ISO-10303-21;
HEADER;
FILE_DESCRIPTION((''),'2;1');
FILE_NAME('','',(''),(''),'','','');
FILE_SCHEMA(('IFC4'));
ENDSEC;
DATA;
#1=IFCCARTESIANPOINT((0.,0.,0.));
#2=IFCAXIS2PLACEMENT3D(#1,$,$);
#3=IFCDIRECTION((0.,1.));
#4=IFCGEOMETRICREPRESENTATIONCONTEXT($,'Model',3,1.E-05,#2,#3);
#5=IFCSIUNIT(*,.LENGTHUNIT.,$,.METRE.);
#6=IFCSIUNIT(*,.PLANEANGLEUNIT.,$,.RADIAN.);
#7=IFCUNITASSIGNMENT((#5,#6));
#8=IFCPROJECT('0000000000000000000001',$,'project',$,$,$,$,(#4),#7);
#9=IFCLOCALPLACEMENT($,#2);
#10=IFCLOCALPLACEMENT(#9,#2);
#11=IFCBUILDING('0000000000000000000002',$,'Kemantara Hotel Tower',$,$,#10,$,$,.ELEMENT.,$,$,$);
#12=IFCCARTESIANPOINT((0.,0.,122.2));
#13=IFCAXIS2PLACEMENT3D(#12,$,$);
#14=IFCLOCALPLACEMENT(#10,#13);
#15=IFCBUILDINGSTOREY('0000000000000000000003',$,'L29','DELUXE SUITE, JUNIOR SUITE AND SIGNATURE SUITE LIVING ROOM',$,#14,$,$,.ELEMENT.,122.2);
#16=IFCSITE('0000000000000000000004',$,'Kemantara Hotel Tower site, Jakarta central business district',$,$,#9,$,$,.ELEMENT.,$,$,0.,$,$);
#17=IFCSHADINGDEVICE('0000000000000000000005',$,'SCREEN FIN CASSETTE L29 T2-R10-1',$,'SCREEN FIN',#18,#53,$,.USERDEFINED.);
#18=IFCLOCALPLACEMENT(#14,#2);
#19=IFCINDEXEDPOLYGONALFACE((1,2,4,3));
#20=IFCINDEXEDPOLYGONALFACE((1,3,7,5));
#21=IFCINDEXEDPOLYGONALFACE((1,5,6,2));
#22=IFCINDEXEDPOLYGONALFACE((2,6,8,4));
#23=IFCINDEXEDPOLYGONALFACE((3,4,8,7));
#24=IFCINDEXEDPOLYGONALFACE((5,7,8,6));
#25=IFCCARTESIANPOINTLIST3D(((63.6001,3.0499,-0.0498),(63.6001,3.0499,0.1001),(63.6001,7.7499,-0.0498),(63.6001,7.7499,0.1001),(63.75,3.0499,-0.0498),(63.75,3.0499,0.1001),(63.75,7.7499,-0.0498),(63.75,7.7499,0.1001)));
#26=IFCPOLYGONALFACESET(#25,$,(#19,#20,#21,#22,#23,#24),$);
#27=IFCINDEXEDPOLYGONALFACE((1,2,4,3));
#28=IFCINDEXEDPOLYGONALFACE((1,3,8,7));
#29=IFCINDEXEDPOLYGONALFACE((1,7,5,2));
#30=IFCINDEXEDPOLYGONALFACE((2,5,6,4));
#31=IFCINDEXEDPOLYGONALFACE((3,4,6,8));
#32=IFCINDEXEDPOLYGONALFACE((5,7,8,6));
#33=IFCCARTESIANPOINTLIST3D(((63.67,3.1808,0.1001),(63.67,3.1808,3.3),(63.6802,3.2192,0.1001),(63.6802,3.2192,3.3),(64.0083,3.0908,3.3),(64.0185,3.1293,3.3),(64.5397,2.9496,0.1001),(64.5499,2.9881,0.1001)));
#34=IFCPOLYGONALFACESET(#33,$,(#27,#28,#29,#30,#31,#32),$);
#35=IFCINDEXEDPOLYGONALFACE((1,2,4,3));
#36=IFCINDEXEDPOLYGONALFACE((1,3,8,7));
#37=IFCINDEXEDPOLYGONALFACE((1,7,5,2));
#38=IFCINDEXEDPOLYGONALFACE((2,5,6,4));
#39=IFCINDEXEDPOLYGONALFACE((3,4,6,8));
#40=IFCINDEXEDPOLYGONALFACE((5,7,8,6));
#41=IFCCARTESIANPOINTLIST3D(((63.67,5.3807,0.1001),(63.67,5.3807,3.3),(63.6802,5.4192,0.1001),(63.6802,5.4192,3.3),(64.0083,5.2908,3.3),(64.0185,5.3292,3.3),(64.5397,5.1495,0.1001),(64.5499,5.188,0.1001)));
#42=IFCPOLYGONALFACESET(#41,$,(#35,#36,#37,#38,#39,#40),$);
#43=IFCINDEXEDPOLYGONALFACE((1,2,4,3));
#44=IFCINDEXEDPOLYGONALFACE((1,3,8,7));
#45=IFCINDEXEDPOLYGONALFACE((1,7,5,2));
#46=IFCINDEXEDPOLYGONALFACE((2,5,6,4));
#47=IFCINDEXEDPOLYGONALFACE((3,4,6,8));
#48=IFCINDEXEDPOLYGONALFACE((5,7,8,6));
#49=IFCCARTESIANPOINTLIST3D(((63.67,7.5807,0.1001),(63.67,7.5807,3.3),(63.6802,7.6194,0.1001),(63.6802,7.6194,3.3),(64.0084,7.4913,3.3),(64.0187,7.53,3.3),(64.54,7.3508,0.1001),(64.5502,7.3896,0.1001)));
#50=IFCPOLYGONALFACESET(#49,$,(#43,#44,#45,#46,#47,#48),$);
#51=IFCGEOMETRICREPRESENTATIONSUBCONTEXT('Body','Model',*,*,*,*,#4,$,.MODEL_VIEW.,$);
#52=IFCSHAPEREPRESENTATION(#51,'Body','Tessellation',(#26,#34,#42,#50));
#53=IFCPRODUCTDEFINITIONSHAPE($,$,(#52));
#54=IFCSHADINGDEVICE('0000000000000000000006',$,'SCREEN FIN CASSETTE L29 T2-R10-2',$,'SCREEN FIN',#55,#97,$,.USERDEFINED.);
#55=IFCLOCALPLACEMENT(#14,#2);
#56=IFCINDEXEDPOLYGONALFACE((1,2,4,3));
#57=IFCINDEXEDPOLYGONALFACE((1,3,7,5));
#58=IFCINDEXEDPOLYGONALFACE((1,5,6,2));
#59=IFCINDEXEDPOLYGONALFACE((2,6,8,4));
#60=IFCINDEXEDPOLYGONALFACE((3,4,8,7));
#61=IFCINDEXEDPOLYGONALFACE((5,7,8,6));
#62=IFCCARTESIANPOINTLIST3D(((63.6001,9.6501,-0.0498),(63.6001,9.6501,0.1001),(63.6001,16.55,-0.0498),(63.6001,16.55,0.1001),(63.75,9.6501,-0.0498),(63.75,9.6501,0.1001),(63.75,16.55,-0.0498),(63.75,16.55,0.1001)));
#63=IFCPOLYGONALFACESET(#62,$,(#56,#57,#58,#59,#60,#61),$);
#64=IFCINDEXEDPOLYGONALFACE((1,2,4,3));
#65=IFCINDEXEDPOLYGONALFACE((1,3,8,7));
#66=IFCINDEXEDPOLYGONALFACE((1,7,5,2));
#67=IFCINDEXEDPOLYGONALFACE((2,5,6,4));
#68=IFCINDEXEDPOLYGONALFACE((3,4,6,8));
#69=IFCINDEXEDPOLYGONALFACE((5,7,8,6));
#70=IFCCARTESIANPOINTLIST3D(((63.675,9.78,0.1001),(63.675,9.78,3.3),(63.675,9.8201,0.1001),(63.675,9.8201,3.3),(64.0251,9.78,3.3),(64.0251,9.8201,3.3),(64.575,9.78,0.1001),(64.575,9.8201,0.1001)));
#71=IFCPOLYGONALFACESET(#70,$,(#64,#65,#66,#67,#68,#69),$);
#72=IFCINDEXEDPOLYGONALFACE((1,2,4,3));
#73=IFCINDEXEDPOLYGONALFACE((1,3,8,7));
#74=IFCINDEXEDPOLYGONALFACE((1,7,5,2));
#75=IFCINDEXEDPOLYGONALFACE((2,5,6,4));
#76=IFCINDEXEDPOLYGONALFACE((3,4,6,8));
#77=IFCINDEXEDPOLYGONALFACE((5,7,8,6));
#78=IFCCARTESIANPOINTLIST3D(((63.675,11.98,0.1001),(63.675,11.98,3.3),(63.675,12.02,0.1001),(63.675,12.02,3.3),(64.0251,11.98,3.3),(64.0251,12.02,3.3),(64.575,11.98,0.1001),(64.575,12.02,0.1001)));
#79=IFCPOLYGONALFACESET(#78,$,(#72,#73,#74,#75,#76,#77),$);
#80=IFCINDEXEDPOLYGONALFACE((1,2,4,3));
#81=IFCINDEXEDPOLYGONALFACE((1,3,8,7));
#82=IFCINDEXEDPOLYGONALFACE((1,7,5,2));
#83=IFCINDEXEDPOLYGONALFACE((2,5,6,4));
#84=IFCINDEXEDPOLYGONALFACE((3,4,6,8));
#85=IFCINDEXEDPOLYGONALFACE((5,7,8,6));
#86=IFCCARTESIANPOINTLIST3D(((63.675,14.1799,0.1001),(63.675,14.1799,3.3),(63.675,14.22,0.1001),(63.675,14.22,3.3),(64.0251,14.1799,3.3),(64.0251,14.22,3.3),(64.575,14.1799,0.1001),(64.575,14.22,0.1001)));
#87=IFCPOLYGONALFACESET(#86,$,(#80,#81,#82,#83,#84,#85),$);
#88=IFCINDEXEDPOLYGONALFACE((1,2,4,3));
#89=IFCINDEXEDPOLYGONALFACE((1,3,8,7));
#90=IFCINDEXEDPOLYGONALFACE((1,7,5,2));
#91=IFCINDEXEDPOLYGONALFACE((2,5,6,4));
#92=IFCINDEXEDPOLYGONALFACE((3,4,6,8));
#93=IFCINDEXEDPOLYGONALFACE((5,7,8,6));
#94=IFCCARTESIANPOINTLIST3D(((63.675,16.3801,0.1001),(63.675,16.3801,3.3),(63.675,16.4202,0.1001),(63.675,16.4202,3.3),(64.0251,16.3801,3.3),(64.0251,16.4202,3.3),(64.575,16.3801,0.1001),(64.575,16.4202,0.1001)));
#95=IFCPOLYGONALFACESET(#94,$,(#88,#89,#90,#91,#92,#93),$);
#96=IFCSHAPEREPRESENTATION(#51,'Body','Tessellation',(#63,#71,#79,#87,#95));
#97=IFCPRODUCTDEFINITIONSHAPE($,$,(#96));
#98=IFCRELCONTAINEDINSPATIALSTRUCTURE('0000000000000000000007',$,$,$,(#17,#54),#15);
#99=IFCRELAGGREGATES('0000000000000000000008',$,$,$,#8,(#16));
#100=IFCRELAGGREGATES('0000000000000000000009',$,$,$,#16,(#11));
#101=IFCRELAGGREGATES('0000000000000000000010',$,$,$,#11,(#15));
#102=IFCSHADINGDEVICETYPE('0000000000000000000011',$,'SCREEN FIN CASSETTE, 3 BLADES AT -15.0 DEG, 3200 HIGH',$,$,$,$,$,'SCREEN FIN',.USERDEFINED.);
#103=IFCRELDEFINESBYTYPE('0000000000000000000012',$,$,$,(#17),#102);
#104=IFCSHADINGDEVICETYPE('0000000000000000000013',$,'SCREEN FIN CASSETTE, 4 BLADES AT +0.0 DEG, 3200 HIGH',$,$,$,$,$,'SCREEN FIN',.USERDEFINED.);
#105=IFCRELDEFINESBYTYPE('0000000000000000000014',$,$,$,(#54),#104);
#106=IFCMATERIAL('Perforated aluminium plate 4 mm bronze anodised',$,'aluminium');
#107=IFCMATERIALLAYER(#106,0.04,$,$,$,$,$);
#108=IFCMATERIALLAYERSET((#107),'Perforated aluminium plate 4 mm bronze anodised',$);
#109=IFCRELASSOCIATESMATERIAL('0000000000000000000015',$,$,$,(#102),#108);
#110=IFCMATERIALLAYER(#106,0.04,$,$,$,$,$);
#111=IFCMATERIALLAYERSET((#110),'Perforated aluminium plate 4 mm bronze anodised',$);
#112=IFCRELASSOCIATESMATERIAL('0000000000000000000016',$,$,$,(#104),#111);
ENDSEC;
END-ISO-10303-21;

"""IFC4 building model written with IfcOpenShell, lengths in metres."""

from ifc_helpers import new_model, si_unit, direction, frame, origin, origin_2d, place, context, subcontext, project, spatial, polyline, rectangle, outline, extrude, source, transform, mapped, material, layer, layer_set, type_object, element, save


model = new_model("IFC4")

# Units and contexts
model_context = context("Model", 3, precision=1e-05, world=origin(), true_north=direction((0.0, 1.0)))
body_context = subcontext(model_context, "Body", "Model", "MODEL_VIEW")
ifc_project = project(units=[si_unit("LENGTHUNIT", "METRE"), si_unit("PLANEANGLEUNIT", "RADIAN")], contexts=[model_context])

# Site, building, storey
site_placement = place(None, origin())
site = spatial("IfcSite", under=ifc_project, at=site_placement, Name="Kemantara Hotel Tower site, Jakarta central business district", CompositionType="ELEMENT", RefElevation=0.0)
building_placement = place(site_placement, origin())
building = spatial("IfcBuilding", under=site, at=building_placement, Name="Kemantara Hotel Tower", CompositionType="ELEMENT")
storey_placement = place(building_placement, frame((0.0, 0.0, 122.2)))
storey = spatial("IfcBuildingStorey", under=building, at=storey_placement, Name="L29", Description="DELUXE SUITE, JUNIOR SUITE AND SIGNATURE SUITE LIVING ROOM", CompositionType="ELEMENT", Elevation=122.2)

# Shading devices
ifc_material_1 = material(Name="Perforated aluminium plate 4 mm bronze anodised", Category="aluminium")
ifc_layer_1 = layer(ifc_material_1, 0.04)
ifc_layer_set_1 = layer_set([ifc_layer_1], Name="Perforated aluminium plate 4 mm bronze anodised")
shading_device_type_1 = type_object("IfcShadingDeviceType", Name="SCREEN FIN CASSETTE, 3 BLADES AT -15.0 DEG, 3200 HIGH", ElementType="SCREEN FIN", PredefinedType="USERDEFINED", material=ifc_layer_set_1)
shared_shape_1 = source(origin(), body_context, "Body", "SweptSolid", [
    extrude(rectangle(XDim=4.7, YDim=0.1499, at=origin_2d()), frame((2.2, -0.075, -0.1499), z_axis=(0.0, 0.0, 1.0), x_axis=(1.0, 0.0, 0.0)), (0.0, 0.0, 1.0), 0.1499),
    extrude(outline(polyline([(0.0, 0.0), (0.8999, 0.0), (0.3501, 3.2), (0.0, 3.2), (0.0, 0.0)])), frame((0.0193, -0.0801, 0.0), z_axis=(-0.966438, 0.256901, 0.0), x_axis=(-0.256901, -0.966438, 0.0)), (0.0, 0.0, 1.0), 0.0398),
    extrude(outline(polyline([(0.0, 0.0), (0.8999, 0.0), (0.3501, 3.2), (0.0, 3.2), (0.0, 0.0)])), frame((2.2192, -0.0801, 0.0), z_axis=(-0.966438, 0.256901, 0.0), x_axis=(-0.256901, -0.966438, 0.0)), (0.0, 0.0, 1.0), 0.0398),
    extrude(outline(polyline([(0.0, 0.0), (0.8999, 0.0), (0.3501, 3.2), (0.0, 3.2), (0.0, 0.0)])), frame((4.4194, -0.0801, 0.0), z_axis=(-0.966838, 0.255391, 0.0), x_axis=(-0.255391, -0.966838, 0.0)), (0.0, 0.0, 1.0), 0.04),
])
shading_device_1_placement = place(storey_placement, frame((63.6001, 3.2, 0.1001), z_axis=(0.0, 0.0, 1.0), x_axis=(0.0, 1.0, 0.0)))
element("IfcShadingDevice", 1, at=shading_device_1_placement, inside=storey, type_object=shading_device_type_1, Name="SCREEN FIN CASSETTE L29 T2-R10-1", ObjectType="SCREEN FIN", PredefinedType="USERDEFINED", context=body_context, shape_type="MappedRepresentation", body=[
    mapped(shared_shape_1, transform((0.0, 0.0, 0.0))),
])
ifc_layer_2 = layer(ifc_material_1, 0.04)
ifc_layer_set_2 = layer_set([ifc_layer_2], Name="Perforated aluminium plate 4 mm bronze anodised")
shading_device_type_2 = type_object("IfcShadingDeviceType", Name="SCREEN FIN CASSETTE, 4 BLADES AT +0.0 DEG, 3200 HIGH", ElementType="SCREEN FIN", PredefinedType="USERDEFINED", material=ifc_layer_set_2)
shared_shape_2 = source(origin(), body_context, "Body", "SweptSolid", [
    extrude(rectangle(XDim=6.8999, YDim=0.1499, at=origin_2d()), frame((3.3, -0.075, -0.1499), z_axis=(0.0, 0.0, 1.0), x_axis=(1.0, 0.0, 0.0)), (0.0, 0.0, 1.0), 0.1499),
    extrude(outline(polyline([(0.0, 0.0), (0.8999, 0.0), (0.3501, 3.2), (0.0, 3.2), (0.0, 0.0)])), frame((0.02, -0.075, 0.0), z_axis=(-1.0, 0.0, 0.0), x_axis=(0.0, -1.0, 0.0)), (0.0, 0.0, 1.0), 0.04),
    extrude(outline(polyline([(0.0, 0.0), (0.8999, 0.0), (0.3501, 3.2), (0.0, 3.2), (0.0, 0.0)])), frame((2.22, -0.075, 0.0), z_axis=(-1.0, 0.0, 0.0), x_axis=(0.0, -1.0, 0.0)), (0.0, 0.0, 1.0), 0.04),
    extrude(outline(polyline([(0.0, 0.0), (0.8999, 0.0), (0.3501, 3.2), (0.0, 3.2), (0.0, 0.0)])), frame((4.4199, -0.075, 0.0), z_axis=(-1.0, 0.0, 0.0), x_axis=(0.0, -1.0, 0.0)), (0.0, 0.0, 1.0), 0.04),
    extrude(outline(polyline([(0.0, 0.0), (0.8999, 0.0), (0.3501, 3.2), (0.0, 3.2), (0.0, 0.0)])), frame((6.6201, -0.075, 0.0), z_axis=(-1.0, 0.0, 0.0), x_axis=(0.0, -1.0, 0.0)), (0.0, 0.0, 1.0), 0.04),
])
shading_device_2_placement = place(storey_placement, frame((63.6001, 9.8, 0.1001), z_axis=(0.0, 0.0, 1.0), x_axis=(0.0, 1.0, 0.0)))
element("IfcShadingDevice", 2, at=shading_device_2_placement, inside=storey, type_object=shading_device_type_2, Name="SCREEN FIN CASSETTE L29 T2-R10-2", ObjectType="SCREEN FIN", PredefinedType="USERDEFINED", context=body_context, shape_type="MappedRepresentation", body=[
    mapped(shared_shape_2, transform((0.0, 0.0, 0.0))),
])

save(model, "model.ifc")
